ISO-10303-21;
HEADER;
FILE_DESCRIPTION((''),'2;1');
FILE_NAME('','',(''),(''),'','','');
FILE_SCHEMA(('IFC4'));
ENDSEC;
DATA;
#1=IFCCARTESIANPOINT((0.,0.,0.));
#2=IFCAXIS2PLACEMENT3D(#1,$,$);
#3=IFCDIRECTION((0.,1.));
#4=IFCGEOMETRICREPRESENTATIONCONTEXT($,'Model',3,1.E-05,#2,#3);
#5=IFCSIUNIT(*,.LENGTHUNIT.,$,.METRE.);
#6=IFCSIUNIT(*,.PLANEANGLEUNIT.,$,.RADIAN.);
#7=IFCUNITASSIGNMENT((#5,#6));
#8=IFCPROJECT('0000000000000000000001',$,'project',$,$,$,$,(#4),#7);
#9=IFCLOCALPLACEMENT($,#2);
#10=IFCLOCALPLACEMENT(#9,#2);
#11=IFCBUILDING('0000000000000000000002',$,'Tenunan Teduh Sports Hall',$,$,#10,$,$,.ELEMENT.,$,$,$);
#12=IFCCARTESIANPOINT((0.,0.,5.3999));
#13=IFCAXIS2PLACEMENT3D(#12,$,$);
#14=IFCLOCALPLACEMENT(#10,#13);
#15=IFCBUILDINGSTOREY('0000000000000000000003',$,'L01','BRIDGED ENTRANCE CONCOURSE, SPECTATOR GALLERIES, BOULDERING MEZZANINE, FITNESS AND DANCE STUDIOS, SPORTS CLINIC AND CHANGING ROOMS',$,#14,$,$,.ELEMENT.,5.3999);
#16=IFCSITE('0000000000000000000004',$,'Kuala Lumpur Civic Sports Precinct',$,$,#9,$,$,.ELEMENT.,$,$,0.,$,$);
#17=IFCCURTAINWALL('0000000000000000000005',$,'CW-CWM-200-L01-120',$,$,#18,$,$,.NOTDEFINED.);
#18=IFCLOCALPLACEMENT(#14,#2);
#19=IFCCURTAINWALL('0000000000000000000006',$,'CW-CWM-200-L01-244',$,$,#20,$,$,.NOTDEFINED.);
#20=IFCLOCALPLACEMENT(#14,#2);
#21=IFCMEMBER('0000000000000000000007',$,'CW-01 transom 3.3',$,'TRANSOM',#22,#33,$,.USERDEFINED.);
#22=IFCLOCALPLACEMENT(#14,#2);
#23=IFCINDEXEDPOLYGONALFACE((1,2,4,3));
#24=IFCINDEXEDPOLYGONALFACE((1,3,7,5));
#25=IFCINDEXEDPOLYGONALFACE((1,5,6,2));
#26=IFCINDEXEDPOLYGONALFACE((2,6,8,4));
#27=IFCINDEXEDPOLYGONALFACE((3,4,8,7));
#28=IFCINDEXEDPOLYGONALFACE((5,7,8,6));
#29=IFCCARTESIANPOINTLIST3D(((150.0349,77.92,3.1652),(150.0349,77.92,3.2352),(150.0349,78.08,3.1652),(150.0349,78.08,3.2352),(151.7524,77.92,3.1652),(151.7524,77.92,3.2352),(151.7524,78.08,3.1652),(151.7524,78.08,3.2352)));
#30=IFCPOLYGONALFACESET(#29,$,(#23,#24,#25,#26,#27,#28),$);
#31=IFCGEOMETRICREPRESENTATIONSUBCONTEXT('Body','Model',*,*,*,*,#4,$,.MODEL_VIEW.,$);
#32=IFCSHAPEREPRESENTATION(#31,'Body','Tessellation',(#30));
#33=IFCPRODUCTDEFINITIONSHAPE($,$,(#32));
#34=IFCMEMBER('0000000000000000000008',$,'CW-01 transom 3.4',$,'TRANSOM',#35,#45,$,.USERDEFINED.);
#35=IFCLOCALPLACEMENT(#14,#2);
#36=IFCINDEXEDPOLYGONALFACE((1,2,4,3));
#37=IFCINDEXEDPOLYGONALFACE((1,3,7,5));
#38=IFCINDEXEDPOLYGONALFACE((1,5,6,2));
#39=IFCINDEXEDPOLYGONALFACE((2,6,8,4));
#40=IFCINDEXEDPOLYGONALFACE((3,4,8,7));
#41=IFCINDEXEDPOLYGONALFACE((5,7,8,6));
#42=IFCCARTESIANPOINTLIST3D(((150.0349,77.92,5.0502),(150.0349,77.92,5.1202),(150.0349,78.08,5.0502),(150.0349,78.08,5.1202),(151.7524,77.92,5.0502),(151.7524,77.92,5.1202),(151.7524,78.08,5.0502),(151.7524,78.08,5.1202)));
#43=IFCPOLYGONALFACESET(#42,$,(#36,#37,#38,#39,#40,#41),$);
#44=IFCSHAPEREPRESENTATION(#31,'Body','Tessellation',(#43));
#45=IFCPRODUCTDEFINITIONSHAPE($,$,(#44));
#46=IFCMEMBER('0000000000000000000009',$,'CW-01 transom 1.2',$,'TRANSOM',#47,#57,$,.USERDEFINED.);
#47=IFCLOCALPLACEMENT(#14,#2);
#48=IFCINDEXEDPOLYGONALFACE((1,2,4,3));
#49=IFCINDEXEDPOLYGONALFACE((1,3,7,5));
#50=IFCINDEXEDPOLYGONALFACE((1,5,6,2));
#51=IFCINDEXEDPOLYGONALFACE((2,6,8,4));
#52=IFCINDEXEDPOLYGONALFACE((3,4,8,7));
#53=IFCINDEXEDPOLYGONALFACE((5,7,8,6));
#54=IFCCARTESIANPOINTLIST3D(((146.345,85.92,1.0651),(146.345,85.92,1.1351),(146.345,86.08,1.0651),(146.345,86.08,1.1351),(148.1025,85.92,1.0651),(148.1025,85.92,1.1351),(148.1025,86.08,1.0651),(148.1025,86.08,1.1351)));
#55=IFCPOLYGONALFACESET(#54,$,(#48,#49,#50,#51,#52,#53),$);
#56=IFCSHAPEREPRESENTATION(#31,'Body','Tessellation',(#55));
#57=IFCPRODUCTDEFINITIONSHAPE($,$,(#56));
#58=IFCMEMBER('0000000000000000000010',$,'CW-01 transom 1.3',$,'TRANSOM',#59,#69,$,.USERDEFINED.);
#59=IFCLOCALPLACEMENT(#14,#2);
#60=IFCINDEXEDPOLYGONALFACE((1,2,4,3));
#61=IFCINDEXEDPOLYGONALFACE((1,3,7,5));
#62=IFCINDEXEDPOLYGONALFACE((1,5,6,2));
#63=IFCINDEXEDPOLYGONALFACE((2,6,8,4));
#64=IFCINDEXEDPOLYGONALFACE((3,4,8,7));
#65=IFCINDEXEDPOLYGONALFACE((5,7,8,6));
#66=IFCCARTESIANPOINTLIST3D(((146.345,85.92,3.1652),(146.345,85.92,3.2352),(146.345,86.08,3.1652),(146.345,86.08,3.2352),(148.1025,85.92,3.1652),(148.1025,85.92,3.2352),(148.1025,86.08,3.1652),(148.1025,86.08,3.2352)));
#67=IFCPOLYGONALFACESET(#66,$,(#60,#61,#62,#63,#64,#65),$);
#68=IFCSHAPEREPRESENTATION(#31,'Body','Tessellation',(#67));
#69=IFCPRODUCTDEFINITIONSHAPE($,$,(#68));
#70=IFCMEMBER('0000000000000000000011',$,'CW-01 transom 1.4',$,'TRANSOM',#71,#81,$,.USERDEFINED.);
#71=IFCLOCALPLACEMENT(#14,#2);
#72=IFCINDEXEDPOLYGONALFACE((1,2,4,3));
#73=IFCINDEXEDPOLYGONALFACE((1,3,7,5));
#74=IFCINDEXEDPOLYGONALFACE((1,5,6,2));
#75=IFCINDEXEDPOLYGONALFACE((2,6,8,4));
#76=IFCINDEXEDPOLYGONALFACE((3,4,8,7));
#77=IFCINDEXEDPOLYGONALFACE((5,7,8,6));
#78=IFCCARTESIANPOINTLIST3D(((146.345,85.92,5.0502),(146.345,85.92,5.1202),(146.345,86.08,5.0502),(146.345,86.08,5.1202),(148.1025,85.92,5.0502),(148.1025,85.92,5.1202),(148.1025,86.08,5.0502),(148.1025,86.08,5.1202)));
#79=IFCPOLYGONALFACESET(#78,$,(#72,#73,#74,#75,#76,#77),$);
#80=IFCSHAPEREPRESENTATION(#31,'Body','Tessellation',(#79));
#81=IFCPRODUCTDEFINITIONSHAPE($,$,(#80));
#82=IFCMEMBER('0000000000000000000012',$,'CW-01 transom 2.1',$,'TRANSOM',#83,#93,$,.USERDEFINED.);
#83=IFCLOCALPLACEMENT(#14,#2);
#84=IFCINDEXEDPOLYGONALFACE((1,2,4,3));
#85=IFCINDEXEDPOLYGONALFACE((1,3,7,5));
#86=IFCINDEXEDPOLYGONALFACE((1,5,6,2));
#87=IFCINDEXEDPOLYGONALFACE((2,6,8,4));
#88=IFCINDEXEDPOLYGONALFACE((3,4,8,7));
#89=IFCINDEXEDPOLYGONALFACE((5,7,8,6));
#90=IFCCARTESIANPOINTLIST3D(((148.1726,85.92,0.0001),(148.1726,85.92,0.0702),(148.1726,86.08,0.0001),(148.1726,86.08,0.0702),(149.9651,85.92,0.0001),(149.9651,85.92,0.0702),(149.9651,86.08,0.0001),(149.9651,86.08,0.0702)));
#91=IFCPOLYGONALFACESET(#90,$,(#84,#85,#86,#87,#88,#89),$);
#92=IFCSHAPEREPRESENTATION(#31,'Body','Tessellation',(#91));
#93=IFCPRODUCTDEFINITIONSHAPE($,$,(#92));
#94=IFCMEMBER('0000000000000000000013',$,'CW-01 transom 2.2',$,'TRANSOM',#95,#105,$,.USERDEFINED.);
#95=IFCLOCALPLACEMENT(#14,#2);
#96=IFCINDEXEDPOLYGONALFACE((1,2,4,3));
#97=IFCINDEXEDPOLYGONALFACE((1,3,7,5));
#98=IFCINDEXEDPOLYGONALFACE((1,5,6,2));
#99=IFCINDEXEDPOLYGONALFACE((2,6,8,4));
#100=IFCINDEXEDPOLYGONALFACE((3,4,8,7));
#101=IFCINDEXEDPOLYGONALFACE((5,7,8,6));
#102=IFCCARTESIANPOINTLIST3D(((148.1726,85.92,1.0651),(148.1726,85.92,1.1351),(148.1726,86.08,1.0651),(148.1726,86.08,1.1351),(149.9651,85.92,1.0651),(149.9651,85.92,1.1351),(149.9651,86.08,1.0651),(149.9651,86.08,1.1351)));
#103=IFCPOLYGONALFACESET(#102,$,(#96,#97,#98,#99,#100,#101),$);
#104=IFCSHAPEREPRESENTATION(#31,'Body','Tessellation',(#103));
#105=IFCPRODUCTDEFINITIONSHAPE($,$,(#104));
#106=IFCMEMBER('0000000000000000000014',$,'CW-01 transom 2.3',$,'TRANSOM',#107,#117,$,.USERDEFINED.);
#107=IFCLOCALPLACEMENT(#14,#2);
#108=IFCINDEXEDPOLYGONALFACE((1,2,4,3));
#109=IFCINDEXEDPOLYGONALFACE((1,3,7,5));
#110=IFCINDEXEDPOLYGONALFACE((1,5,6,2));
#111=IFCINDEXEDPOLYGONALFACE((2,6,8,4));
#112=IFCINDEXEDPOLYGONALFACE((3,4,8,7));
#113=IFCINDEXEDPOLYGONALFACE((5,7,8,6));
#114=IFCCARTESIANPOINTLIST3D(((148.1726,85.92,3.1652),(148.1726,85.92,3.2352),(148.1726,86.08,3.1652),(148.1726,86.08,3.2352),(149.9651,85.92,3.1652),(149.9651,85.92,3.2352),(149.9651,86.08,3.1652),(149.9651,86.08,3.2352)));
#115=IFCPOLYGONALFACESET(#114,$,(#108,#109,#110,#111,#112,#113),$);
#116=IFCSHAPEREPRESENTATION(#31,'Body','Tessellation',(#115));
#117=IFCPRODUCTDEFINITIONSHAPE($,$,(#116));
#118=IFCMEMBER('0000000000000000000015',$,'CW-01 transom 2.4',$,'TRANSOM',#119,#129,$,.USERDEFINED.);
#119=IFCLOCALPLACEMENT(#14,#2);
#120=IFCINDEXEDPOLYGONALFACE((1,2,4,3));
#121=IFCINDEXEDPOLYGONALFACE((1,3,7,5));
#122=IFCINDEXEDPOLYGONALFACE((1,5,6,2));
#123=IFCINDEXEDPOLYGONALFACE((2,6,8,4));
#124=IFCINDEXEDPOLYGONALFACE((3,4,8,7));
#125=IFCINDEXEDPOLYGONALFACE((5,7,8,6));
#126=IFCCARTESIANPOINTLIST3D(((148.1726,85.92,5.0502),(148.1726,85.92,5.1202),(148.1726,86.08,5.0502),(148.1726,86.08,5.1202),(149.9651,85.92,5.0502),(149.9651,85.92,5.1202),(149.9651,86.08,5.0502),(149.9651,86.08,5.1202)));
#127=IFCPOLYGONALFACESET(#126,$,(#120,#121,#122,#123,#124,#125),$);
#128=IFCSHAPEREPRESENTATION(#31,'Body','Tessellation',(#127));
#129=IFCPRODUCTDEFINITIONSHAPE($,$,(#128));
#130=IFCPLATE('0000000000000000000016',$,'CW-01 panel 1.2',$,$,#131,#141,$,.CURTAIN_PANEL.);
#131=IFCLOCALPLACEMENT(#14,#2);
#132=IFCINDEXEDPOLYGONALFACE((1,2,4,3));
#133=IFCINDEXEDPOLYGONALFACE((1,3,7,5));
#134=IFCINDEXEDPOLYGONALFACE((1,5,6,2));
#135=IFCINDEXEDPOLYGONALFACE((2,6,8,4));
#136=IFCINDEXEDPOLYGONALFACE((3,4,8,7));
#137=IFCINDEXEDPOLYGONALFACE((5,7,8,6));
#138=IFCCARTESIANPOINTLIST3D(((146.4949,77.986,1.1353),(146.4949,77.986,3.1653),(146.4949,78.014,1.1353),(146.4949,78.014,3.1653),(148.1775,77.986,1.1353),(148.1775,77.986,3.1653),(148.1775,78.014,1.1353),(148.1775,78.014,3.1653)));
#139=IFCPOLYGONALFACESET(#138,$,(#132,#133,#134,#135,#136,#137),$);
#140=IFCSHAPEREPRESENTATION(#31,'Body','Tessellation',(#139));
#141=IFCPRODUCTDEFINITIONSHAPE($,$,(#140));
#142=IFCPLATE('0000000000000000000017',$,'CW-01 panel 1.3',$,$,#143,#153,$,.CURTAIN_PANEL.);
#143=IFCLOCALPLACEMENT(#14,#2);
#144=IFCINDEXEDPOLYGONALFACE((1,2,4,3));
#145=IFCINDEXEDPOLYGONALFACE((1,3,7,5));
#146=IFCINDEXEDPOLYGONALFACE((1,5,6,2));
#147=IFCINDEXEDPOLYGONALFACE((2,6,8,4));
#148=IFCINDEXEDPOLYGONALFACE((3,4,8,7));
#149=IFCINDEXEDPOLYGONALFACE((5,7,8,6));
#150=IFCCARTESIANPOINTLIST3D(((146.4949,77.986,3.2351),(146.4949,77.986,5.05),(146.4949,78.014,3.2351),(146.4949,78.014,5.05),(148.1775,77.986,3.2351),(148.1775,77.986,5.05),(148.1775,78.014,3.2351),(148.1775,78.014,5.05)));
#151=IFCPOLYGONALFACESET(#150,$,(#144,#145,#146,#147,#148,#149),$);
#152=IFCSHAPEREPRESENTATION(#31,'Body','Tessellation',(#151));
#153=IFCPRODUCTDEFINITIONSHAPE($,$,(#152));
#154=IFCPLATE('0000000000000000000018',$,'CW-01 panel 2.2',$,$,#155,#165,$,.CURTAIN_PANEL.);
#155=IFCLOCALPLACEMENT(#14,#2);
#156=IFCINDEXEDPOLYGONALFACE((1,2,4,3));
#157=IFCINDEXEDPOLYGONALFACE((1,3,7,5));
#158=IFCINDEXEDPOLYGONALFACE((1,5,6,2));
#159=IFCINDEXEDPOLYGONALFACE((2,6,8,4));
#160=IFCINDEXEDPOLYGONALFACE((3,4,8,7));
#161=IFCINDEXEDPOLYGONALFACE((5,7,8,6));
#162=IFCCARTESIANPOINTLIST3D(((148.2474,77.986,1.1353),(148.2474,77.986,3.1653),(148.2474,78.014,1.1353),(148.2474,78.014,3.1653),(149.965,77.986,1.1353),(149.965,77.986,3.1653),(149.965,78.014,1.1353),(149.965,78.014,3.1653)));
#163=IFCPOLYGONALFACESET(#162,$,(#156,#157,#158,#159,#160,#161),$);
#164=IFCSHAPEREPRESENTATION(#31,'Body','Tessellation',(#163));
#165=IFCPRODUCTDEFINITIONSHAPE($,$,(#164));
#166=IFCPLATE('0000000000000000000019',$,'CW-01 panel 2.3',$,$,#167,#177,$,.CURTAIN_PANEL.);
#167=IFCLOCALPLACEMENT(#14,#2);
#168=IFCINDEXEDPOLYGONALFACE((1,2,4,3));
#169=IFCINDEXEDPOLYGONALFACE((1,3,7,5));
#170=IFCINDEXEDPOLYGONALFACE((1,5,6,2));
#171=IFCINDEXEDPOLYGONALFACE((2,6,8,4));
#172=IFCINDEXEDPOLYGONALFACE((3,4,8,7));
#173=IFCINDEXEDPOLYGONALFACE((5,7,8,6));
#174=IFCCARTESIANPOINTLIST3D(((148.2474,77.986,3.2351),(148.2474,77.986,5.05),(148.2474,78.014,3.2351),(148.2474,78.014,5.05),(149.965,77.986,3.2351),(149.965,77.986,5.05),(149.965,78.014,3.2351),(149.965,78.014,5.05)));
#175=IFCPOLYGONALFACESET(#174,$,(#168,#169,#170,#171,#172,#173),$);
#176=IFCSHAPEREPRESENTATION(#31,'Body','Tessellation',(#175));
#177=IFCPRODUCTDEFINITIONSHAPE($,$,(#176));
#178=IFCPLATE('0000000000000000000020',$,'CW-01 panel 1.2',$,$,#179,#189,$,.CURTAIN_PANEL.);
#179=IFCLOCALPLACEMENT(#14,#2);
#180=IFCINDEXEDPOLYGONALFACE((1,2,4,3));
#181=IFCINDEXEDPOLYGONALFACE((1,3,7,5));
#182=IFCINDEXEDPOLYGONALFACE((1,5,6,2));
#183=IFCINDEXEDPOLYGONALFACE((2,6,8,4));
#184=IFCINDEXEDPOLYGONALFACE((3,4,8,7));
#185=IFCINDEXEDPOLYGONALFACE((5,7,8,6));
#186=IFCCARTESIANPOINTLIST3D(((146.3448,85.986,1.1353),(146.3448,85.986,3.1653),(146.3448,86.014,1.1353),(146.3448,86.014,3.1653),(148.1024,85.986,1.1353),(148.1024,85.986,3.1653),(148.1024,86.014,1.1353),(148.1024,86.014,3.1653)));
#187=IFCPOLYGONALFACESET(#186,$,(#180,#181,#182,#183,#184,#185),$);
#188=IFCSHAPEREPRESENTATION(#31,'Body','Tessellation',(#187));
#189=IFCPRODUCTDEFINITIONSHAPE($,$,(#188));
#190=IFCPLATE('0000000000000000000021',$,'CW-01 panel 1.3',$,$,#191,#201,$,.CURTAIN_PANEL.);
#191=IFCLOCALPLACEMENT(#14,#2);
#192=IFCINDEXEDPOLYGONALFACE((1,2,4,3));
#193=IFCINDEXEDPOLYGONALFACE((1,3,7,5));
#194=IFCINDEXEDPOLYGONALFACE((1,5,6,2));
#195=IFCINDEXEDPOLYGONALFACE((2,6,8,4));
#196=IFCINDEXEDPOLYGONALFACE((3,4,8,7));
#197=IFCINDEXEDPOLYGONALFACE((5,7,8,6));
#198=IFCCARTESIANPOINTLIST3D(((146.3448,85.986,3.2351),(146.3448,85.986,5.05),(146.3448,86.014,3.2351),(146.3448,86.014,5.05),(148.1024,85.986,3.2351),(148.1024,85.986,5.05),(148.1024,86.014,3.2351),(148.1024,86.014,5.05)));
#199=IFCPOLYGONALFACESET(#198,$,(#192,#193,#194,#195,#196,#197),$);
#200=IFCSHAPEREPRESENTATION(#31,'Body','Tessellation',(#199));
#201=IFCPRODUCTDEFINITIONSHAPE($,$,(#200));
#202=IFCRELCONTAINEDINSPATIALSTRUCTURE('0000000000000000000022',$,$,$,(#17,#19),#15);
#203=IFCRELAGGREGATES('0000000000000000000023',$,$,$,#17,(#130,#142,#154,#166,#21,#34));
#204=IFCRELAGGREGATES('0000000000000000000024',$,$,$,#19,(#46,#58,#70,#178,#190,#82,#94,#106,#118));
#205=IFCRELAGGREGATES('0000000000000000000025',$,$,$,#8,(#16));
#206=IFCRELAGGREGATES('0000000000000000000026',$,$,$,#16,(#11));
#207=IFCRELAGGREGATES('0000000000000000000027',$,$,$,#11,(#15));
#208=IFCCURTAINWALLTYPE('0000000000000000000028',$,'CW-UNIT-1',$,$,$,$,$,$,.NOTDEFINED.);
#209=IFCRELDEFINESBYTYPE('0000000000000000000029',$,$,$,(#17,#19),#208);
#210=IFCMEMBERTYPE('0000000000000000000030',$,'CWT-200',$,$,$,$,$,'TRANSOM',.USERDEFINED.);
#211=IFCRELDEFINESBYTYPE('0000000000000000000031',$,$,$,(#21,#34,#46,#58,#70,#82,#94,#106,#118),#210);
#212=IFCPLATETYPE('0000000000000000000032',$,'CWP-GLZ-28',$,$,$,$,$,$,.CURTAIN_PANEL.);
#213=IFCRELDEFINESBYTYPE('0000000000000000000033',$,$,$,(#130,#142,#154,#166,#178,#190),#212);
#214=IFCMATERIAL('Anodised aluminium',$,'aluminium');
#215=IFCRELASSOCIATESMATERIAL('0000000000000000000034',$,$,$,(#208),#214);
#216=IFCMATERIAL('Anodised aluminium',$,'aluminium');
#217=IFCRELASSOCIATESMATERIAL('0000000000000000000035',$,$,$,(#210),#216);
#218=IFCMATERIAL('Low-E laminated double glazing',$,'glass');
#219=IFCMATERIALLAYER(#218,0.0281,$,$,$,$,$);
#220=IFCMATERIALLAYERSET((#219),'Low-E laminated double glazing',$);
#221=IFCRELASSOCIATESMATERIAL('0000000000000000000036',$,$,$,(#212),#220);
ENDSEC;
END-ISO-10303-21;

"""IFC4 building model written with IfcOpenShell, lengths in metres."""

from ifc_helpers import new_model, si_unit, direction, frame, origin, origin_2d, place, context, subcontext, project, spatial, rectangle, extrude, material, layer, layer_set, material_profile, profile_set, type_object, element, aggregate, save


model = new_model("IFC4")

# Units and contexts
model_context = context("Model", 3, precision=1e-05, world=origin(), true_north=direction((0.0, 1.0)))
body_context = subcontext(model_context, "Body", "Model", "MODEL_VIEW")
ifc_project = project(units=[si_unit("LENGTHUNIT", "METRE"), si_unit("PLANEANGLEUNIT", "RADIAN")], contexts=[model_context])

# Site, building, storey
site_placement = place(None, origin())
site = spatial("IfcSite", under=ifc_project, at=site_placement, Name="Kuala Lumpur Civic Sports Precinct", CompositionType="ELEMENT", RefElevation=0.0)
building_placement = place(site_placement, origin())
building = spatial("IfcBuilding", under=site, at=building_placement, Name="Tenunan Teduh Sports Hall", CompositionType="ELEMENT")
storey_placement = place(building_placement, frame((0.0, 0.0, 5.3999)))
storey = spatial("IfcBuildingStorey", under=building, at=storey_placement, Name="L01", Description="BRIDGED ENTRANCE CONCOURSE, SPECTATOR GALLERIES, BOULDERING MEZZANINE, FITNESS AND DANCE STUDIOS, SPORTS CLINIC AND CHANGING ROOMS", CompositionType="ELEMENT", Elevation=5.3999)

# Curtain walls
ifc_material_1 = material(Name="Anodised aluminium", Category="aluminium")
curtain_wall_type = type_object("IfcCurtainWallType", Name="CW-UNIT-1", PredefinedType="NOTDEFINED", material=ifc_material_1)
curtain_wall_1_placement = place(storey_placement, origin())
curtain_wall_1 = element("IfcCurtainWall", 1, at=curtain_wall_1_placement, inside=storey, type_object=curtain_wall_type, Name="CW-CWM-200-L01-120", PredefinedType="NOTDEFINED")
curtain_wall_2_placement = place(storey_placement, origin())
curtain_wall_2 = element("IfcCurtainWall", 2, at=curtain_wall_2_placement, inside=storey, type_object=curtain_wall_type, Name="CW-CWM-200-L01-244", PredefinedType="NOTDEFINED")

# Members
ifc_material_2 = material(Name="Anodised aluminium", Category="aluminium")
ifc_material_profile_1 = material_profile(ifc_material_2, rectangle(XDim=0.0701, YDim=0.1599, at=origin_2d()), Name="CWT 70x160")
ifc_profile_set_1 = profile_set([ifc_material_profile_1], Name="Anodised aluminium")
member_type_1 = type_object("IfcMemberType", Name="CWT-200", ElementType="TRANSOM", PredefinedType="USERDEFINED", material=ifc_profile_set_1)
member_1_placement = place(storey_placement, frame((150.0349, 78.0, 3.2002), z_axis=(1.0, 0.0, 0.0), x_axis=(0.0, 0.0, 1.0)))
member_1 = element("IfcMember", 3, at=member_1_placement, type_object=member_type_1, Name="CW-01 transom 3.3", ObjectType="TRANSOM", PredefinedType="USERDEFINED", context=body_context, shape_type="SweptSolid", body=[
    extrude(rectangle(XDim=0.0701, YDim=0.1599, at=origin_2d()), origin(), (0.0, 0.0, 1.0), 1.7175),
])
member_2_placement = place(storey_placement, frame((150.0349, 78.0, 5.0852), z_axis=(1.0, 0.0, 0.0), x_axis=(0.0, 0.0, 1.0)))
member_2 = element("IfcMember", 4, at=member_2_placement, type_object=member_type_1, Name="CW-01 transom 3.4", ObjectType="TRANSOM", PredefinedType="USERDEFINED", context=body_context, shape_type="SweptSolid", body=[
    extrude(rectangle(XDim=0.0701, YDim=0.1599, at=origin_2d()), origin(), (0.0, 0.0, 1.0), 1.7175),
])
member_3_placement = place(storey_placement, frame((146.345, 86.0, 1.1001), z_axis=(1.0, 0.0, 0.0), x_axis=(0.0, 0.0, 1.0)))
member_3 = element("IfcMember", 5, at=member_3_placement, type_object=member_type_1, Name="CW-01 transom 1.2", ObjectType="TRANSOM", PredefinedType="USERDEFINED", context=body_context, shape_type="SweptSolid", body=[
    extrude(rectangle(XDim=0.0701, YDim=0.1599, at=origin_2d()), origin(), (0.0, 0.0, 1.0), 1.7576),
])
member_4_placement = place(storey_placement, frame((146.345, 86.0, 3.2002), z_axis=(1.0, 0.0, 0.0), x_axis=(0.0, 0.0, 1.0)))
member_4 = element("IfcMember", 6, at=member_4_placement, type_object=member_type_1, Name="CW-01 transom 1.3", ObjectType="TRANSOM", PredefinedType="USERDEFINED", context=body_context, shape_type="SweptSolid", body=[
    extrude(rectangle(XDim=0.0701, YDim=0.1599, at=origin_2d()), origin(), (0.0, 0.0, 1.0), 1.7576),
])
member_5_placement = place(storey_placement, frame((146.345, 86.0, 5.0852), z_axis=(1.0, 0.0, 0.0), x_axis=(0.0, 0.0, 1.0)))
member_5 = element("IfcMember", 7, at=member_5_placement, type_object=member_type_1, Name="CW-01 transom 1.4", ObjectType="TRANSOM", PredefinedType="USERDEFINED", context=body_context, shape_type="SweptSolid", body=[
    extrude(rectangle(XDim=0.0701, YDim=0.1599, at=origin_2d()), origin(), (0.0, 0.0, 1.0), 1.7576),
])
member_6_placement = place(storey_placement, frame((148.1726, 86.0, 0.0352), z_axis=(1.0, 0.0, 0.0), x_axis=(0.0, 0.0, 1.0)))
member_6 = element("IfcMember", 8, at=member_6_placement, type_object=member_type_1, Name="CW-01 transom 2.1", ObjectType="TRANSOM", PredefinedType="USERDEFINED", context=body_context, shape_type="SweptSolid", body=[
    extrude(rectangle(XDim=0.0701, YDim=0.1599, at=origin_2d()), origin(), (0.0, 0.0, 1.0), 1.7925),
])
member_7_placement = place(storey_placement, frame((148.1726, 86.0, 1.1001), z_axis=(1.0, 0.0, 0.0), x_axis=(0.0, 0.0, 1.0)))
member_7 = element("IfcMember", 9, at=member_7_placement, type_object=member_type_1, Name="CW-01 transom 2.2", ObjectType="TRANSOM", PredefinedType="USERDEFINED", context=body_context, shape_type="SweptSolid", body=[
    extrude(rectangle(XDim=0.0701, YDim=0.1599, at=origin_2d()), origin(), (0.0, 0.0, 1.0), 1.7925),
])
member_8_placement = place(storey_placement, frame((148.1726, 86.0, 3.2002), z_axis=(1.0, 0.0, 0.0), x_axis=(0.0, 0.0, 1.0)))
member_8 = element("IfcMember", 10, at=member_8_placement, type_object=member_type_1, Name="CW-01 transom 2.3", ObjectType="TRANSOM", PredefinedType="USERDEFINED", context=body_context, shape_type="SweptSolid", body=[
    extrude(rectangle(XDim=0.0701, YDim=0.1599, at=origin_2d()), origin(), (0.0, 0.0, 1.0), 1.7925),
])
member_9_placement = place(storey_placement, frame((148.1726, 86.0, 5.0852), z_axis=(1.0, 0.0, 0.0), x_axis=(0.0, 0.0, 1.0)))
member_9 = element("IfcMember", 11, at=member_9_placement, type_object=member_type_1, Name="CW-01 transom 2.4", ObjectType="TRANSOM", PredefinedType="USERDEFINED", context=body_context, shape_type="SweptSolid", body=[
    extrude(rectangle(XDim=0.0701, YDim=0.1599, at=origin_2d()), origin(), (0.0, 0.0, 1.0), 1.7925),
])

# Plates
ifc_material_3 = material(Name="Low-E laminated double glazing", Category="glass")
ifc_layer_1 = layer(ifc_material_3, 0.0281)
ifc_layer_set_1 = layer_set([ifc_layer_1], Name="Low-E laminated double glazing")
plate_type_1 = type_object("IfcPlateType", Name="CWP-GLZ-28", PredefinedType="CURTAIN_PANEL", material=ifc_layer_set_1)
plate_1_placement = place(storey_placement, frame((147.3362, 78.0, 1.1353), z_axis=(0.0, 0.0, 1.0), x_axis=(1.0, 0.0, 0.0)))
plate_1 = element("IfcPlate", 12, at=plate_1_placement, type_object=plate_type_1, Name="CW-01 panel 1.2", PredefinedType="CURTAIN_PANEL", context=body_context, shape_type="SweptSolid", body=[
    extrude(rectangle(XDim=1.6826, YDim=0.0281, at=origin_2d()), origin(), (0.0, 0.0, 1.0), 2.03),
])
plate_2_placement = place(storey_placement, frame((147.3362, 78.0, 3.2351), z_axis=(0.0, 0.0, 1.0), x_axis=(1.0, 0.0, 0.0)))
plate_2 = element("IfcPlate", 13, at=plate_2_placement, type_object=plate_type_1, Name="CW-01 panel 1.3", PredefinedType="CURTAIN_PANEL", context=body_context, shape_type="SweptSolid", body=[
    extrude(rectangle(XDim=1.6826, YDim=0.0281, at=origin_2d()), origin(), (0.0, 0.0, 1.0), 1.8149),
])
plate_3_placement = place(storey_placement, frame((149.1062, 78.0, 1.1353), z_axis=(0.0, 0.0, 1.0), x_axis=(1.0, 0.0, 0.0)))
plate_3 = element("IfcPlate", 14, at=plate_3_placement, type_object=plate_type_1, Name="CW-01 panel 2.2", PredefinedType="CURTAIN_PANEL", context=body_context, shape_type="SweptSolid", body=[
    extrude(rectangle(XDim=1.7175, YDim=0.0281, at=origin_2d()), origin(), (0.0, 0.0, 1.0), 2.03),
])
plate_4_placement = place(storey_placement, frame((149.1062, 78.0, 3.2351), z_axis=(0.0, 0.0, 1.0), x_axis=(1.0, 0.0, 0.0)))
plate_4 = element("IfcPlate", 15, at=plate_4_placement, type_object=plate_type_1, Name="CW-01 panel 2.3", PredefinedType="CURTAIN_PANEL", context=body_context, shape_type="SweptSolid", body=[
    extrude(rectangle(XDim=1.7175, YDim=0.0281, at=origin_2d()), origin(), (0.0, 0.0, 1.0), 1.8149),
])
plate_5_placement = place(storey_placement, frame((147.2236, 86.0, 1.1353), z_axis=(0.0, 0.0, 1.0), x_axis=(1.0, 0.0, 0.0)))
plate_5 = element("IfcPlate", 16, at=plate_5_placement, type_object=plate_type_1, Name="CW-01 panel 1.2", PredefinedType="CURTAIN_PANEL", context=body_context, shape_type="SweptSolid", body=[
    extrude(rectangle(XDim=1.7576, YDim=0.0281, at=origin_2d()), origin(), (0.0, 0.0, 1.0), 2.03),
])
plate_6_placement = place(storey_placement, frame((147.2236, 86.0, 3.2351), z_axis=(0.0, 0.0, 1.0), x_axis=(1.0, 0.0, 0.0)))
plate_6 = element("IfcPlate", 17, at=plate_6_placement, type_object=plate_type_1, Name="CW-01 panel 1.3", PredefinedType="CURTAIN_PANEL", context=body_context, shape_type="SweptSolid", body=[
    extrude(rectangle(XDim=1.7576, YDim=0.0281, at=origin_2d()), origin(), (0.0, 0.0, 1.0), 1.8149),
])
aggregate(curtain_wall_1, [plate_1, plate_2, plate_3, plate_4, member_1, member_2])
aggregate(curtain_wall_2, [member_3, member_4, member_5, plate_5, plate_6, member_6, member_7, member_8, member_9])

save(model, "model.ifc")
